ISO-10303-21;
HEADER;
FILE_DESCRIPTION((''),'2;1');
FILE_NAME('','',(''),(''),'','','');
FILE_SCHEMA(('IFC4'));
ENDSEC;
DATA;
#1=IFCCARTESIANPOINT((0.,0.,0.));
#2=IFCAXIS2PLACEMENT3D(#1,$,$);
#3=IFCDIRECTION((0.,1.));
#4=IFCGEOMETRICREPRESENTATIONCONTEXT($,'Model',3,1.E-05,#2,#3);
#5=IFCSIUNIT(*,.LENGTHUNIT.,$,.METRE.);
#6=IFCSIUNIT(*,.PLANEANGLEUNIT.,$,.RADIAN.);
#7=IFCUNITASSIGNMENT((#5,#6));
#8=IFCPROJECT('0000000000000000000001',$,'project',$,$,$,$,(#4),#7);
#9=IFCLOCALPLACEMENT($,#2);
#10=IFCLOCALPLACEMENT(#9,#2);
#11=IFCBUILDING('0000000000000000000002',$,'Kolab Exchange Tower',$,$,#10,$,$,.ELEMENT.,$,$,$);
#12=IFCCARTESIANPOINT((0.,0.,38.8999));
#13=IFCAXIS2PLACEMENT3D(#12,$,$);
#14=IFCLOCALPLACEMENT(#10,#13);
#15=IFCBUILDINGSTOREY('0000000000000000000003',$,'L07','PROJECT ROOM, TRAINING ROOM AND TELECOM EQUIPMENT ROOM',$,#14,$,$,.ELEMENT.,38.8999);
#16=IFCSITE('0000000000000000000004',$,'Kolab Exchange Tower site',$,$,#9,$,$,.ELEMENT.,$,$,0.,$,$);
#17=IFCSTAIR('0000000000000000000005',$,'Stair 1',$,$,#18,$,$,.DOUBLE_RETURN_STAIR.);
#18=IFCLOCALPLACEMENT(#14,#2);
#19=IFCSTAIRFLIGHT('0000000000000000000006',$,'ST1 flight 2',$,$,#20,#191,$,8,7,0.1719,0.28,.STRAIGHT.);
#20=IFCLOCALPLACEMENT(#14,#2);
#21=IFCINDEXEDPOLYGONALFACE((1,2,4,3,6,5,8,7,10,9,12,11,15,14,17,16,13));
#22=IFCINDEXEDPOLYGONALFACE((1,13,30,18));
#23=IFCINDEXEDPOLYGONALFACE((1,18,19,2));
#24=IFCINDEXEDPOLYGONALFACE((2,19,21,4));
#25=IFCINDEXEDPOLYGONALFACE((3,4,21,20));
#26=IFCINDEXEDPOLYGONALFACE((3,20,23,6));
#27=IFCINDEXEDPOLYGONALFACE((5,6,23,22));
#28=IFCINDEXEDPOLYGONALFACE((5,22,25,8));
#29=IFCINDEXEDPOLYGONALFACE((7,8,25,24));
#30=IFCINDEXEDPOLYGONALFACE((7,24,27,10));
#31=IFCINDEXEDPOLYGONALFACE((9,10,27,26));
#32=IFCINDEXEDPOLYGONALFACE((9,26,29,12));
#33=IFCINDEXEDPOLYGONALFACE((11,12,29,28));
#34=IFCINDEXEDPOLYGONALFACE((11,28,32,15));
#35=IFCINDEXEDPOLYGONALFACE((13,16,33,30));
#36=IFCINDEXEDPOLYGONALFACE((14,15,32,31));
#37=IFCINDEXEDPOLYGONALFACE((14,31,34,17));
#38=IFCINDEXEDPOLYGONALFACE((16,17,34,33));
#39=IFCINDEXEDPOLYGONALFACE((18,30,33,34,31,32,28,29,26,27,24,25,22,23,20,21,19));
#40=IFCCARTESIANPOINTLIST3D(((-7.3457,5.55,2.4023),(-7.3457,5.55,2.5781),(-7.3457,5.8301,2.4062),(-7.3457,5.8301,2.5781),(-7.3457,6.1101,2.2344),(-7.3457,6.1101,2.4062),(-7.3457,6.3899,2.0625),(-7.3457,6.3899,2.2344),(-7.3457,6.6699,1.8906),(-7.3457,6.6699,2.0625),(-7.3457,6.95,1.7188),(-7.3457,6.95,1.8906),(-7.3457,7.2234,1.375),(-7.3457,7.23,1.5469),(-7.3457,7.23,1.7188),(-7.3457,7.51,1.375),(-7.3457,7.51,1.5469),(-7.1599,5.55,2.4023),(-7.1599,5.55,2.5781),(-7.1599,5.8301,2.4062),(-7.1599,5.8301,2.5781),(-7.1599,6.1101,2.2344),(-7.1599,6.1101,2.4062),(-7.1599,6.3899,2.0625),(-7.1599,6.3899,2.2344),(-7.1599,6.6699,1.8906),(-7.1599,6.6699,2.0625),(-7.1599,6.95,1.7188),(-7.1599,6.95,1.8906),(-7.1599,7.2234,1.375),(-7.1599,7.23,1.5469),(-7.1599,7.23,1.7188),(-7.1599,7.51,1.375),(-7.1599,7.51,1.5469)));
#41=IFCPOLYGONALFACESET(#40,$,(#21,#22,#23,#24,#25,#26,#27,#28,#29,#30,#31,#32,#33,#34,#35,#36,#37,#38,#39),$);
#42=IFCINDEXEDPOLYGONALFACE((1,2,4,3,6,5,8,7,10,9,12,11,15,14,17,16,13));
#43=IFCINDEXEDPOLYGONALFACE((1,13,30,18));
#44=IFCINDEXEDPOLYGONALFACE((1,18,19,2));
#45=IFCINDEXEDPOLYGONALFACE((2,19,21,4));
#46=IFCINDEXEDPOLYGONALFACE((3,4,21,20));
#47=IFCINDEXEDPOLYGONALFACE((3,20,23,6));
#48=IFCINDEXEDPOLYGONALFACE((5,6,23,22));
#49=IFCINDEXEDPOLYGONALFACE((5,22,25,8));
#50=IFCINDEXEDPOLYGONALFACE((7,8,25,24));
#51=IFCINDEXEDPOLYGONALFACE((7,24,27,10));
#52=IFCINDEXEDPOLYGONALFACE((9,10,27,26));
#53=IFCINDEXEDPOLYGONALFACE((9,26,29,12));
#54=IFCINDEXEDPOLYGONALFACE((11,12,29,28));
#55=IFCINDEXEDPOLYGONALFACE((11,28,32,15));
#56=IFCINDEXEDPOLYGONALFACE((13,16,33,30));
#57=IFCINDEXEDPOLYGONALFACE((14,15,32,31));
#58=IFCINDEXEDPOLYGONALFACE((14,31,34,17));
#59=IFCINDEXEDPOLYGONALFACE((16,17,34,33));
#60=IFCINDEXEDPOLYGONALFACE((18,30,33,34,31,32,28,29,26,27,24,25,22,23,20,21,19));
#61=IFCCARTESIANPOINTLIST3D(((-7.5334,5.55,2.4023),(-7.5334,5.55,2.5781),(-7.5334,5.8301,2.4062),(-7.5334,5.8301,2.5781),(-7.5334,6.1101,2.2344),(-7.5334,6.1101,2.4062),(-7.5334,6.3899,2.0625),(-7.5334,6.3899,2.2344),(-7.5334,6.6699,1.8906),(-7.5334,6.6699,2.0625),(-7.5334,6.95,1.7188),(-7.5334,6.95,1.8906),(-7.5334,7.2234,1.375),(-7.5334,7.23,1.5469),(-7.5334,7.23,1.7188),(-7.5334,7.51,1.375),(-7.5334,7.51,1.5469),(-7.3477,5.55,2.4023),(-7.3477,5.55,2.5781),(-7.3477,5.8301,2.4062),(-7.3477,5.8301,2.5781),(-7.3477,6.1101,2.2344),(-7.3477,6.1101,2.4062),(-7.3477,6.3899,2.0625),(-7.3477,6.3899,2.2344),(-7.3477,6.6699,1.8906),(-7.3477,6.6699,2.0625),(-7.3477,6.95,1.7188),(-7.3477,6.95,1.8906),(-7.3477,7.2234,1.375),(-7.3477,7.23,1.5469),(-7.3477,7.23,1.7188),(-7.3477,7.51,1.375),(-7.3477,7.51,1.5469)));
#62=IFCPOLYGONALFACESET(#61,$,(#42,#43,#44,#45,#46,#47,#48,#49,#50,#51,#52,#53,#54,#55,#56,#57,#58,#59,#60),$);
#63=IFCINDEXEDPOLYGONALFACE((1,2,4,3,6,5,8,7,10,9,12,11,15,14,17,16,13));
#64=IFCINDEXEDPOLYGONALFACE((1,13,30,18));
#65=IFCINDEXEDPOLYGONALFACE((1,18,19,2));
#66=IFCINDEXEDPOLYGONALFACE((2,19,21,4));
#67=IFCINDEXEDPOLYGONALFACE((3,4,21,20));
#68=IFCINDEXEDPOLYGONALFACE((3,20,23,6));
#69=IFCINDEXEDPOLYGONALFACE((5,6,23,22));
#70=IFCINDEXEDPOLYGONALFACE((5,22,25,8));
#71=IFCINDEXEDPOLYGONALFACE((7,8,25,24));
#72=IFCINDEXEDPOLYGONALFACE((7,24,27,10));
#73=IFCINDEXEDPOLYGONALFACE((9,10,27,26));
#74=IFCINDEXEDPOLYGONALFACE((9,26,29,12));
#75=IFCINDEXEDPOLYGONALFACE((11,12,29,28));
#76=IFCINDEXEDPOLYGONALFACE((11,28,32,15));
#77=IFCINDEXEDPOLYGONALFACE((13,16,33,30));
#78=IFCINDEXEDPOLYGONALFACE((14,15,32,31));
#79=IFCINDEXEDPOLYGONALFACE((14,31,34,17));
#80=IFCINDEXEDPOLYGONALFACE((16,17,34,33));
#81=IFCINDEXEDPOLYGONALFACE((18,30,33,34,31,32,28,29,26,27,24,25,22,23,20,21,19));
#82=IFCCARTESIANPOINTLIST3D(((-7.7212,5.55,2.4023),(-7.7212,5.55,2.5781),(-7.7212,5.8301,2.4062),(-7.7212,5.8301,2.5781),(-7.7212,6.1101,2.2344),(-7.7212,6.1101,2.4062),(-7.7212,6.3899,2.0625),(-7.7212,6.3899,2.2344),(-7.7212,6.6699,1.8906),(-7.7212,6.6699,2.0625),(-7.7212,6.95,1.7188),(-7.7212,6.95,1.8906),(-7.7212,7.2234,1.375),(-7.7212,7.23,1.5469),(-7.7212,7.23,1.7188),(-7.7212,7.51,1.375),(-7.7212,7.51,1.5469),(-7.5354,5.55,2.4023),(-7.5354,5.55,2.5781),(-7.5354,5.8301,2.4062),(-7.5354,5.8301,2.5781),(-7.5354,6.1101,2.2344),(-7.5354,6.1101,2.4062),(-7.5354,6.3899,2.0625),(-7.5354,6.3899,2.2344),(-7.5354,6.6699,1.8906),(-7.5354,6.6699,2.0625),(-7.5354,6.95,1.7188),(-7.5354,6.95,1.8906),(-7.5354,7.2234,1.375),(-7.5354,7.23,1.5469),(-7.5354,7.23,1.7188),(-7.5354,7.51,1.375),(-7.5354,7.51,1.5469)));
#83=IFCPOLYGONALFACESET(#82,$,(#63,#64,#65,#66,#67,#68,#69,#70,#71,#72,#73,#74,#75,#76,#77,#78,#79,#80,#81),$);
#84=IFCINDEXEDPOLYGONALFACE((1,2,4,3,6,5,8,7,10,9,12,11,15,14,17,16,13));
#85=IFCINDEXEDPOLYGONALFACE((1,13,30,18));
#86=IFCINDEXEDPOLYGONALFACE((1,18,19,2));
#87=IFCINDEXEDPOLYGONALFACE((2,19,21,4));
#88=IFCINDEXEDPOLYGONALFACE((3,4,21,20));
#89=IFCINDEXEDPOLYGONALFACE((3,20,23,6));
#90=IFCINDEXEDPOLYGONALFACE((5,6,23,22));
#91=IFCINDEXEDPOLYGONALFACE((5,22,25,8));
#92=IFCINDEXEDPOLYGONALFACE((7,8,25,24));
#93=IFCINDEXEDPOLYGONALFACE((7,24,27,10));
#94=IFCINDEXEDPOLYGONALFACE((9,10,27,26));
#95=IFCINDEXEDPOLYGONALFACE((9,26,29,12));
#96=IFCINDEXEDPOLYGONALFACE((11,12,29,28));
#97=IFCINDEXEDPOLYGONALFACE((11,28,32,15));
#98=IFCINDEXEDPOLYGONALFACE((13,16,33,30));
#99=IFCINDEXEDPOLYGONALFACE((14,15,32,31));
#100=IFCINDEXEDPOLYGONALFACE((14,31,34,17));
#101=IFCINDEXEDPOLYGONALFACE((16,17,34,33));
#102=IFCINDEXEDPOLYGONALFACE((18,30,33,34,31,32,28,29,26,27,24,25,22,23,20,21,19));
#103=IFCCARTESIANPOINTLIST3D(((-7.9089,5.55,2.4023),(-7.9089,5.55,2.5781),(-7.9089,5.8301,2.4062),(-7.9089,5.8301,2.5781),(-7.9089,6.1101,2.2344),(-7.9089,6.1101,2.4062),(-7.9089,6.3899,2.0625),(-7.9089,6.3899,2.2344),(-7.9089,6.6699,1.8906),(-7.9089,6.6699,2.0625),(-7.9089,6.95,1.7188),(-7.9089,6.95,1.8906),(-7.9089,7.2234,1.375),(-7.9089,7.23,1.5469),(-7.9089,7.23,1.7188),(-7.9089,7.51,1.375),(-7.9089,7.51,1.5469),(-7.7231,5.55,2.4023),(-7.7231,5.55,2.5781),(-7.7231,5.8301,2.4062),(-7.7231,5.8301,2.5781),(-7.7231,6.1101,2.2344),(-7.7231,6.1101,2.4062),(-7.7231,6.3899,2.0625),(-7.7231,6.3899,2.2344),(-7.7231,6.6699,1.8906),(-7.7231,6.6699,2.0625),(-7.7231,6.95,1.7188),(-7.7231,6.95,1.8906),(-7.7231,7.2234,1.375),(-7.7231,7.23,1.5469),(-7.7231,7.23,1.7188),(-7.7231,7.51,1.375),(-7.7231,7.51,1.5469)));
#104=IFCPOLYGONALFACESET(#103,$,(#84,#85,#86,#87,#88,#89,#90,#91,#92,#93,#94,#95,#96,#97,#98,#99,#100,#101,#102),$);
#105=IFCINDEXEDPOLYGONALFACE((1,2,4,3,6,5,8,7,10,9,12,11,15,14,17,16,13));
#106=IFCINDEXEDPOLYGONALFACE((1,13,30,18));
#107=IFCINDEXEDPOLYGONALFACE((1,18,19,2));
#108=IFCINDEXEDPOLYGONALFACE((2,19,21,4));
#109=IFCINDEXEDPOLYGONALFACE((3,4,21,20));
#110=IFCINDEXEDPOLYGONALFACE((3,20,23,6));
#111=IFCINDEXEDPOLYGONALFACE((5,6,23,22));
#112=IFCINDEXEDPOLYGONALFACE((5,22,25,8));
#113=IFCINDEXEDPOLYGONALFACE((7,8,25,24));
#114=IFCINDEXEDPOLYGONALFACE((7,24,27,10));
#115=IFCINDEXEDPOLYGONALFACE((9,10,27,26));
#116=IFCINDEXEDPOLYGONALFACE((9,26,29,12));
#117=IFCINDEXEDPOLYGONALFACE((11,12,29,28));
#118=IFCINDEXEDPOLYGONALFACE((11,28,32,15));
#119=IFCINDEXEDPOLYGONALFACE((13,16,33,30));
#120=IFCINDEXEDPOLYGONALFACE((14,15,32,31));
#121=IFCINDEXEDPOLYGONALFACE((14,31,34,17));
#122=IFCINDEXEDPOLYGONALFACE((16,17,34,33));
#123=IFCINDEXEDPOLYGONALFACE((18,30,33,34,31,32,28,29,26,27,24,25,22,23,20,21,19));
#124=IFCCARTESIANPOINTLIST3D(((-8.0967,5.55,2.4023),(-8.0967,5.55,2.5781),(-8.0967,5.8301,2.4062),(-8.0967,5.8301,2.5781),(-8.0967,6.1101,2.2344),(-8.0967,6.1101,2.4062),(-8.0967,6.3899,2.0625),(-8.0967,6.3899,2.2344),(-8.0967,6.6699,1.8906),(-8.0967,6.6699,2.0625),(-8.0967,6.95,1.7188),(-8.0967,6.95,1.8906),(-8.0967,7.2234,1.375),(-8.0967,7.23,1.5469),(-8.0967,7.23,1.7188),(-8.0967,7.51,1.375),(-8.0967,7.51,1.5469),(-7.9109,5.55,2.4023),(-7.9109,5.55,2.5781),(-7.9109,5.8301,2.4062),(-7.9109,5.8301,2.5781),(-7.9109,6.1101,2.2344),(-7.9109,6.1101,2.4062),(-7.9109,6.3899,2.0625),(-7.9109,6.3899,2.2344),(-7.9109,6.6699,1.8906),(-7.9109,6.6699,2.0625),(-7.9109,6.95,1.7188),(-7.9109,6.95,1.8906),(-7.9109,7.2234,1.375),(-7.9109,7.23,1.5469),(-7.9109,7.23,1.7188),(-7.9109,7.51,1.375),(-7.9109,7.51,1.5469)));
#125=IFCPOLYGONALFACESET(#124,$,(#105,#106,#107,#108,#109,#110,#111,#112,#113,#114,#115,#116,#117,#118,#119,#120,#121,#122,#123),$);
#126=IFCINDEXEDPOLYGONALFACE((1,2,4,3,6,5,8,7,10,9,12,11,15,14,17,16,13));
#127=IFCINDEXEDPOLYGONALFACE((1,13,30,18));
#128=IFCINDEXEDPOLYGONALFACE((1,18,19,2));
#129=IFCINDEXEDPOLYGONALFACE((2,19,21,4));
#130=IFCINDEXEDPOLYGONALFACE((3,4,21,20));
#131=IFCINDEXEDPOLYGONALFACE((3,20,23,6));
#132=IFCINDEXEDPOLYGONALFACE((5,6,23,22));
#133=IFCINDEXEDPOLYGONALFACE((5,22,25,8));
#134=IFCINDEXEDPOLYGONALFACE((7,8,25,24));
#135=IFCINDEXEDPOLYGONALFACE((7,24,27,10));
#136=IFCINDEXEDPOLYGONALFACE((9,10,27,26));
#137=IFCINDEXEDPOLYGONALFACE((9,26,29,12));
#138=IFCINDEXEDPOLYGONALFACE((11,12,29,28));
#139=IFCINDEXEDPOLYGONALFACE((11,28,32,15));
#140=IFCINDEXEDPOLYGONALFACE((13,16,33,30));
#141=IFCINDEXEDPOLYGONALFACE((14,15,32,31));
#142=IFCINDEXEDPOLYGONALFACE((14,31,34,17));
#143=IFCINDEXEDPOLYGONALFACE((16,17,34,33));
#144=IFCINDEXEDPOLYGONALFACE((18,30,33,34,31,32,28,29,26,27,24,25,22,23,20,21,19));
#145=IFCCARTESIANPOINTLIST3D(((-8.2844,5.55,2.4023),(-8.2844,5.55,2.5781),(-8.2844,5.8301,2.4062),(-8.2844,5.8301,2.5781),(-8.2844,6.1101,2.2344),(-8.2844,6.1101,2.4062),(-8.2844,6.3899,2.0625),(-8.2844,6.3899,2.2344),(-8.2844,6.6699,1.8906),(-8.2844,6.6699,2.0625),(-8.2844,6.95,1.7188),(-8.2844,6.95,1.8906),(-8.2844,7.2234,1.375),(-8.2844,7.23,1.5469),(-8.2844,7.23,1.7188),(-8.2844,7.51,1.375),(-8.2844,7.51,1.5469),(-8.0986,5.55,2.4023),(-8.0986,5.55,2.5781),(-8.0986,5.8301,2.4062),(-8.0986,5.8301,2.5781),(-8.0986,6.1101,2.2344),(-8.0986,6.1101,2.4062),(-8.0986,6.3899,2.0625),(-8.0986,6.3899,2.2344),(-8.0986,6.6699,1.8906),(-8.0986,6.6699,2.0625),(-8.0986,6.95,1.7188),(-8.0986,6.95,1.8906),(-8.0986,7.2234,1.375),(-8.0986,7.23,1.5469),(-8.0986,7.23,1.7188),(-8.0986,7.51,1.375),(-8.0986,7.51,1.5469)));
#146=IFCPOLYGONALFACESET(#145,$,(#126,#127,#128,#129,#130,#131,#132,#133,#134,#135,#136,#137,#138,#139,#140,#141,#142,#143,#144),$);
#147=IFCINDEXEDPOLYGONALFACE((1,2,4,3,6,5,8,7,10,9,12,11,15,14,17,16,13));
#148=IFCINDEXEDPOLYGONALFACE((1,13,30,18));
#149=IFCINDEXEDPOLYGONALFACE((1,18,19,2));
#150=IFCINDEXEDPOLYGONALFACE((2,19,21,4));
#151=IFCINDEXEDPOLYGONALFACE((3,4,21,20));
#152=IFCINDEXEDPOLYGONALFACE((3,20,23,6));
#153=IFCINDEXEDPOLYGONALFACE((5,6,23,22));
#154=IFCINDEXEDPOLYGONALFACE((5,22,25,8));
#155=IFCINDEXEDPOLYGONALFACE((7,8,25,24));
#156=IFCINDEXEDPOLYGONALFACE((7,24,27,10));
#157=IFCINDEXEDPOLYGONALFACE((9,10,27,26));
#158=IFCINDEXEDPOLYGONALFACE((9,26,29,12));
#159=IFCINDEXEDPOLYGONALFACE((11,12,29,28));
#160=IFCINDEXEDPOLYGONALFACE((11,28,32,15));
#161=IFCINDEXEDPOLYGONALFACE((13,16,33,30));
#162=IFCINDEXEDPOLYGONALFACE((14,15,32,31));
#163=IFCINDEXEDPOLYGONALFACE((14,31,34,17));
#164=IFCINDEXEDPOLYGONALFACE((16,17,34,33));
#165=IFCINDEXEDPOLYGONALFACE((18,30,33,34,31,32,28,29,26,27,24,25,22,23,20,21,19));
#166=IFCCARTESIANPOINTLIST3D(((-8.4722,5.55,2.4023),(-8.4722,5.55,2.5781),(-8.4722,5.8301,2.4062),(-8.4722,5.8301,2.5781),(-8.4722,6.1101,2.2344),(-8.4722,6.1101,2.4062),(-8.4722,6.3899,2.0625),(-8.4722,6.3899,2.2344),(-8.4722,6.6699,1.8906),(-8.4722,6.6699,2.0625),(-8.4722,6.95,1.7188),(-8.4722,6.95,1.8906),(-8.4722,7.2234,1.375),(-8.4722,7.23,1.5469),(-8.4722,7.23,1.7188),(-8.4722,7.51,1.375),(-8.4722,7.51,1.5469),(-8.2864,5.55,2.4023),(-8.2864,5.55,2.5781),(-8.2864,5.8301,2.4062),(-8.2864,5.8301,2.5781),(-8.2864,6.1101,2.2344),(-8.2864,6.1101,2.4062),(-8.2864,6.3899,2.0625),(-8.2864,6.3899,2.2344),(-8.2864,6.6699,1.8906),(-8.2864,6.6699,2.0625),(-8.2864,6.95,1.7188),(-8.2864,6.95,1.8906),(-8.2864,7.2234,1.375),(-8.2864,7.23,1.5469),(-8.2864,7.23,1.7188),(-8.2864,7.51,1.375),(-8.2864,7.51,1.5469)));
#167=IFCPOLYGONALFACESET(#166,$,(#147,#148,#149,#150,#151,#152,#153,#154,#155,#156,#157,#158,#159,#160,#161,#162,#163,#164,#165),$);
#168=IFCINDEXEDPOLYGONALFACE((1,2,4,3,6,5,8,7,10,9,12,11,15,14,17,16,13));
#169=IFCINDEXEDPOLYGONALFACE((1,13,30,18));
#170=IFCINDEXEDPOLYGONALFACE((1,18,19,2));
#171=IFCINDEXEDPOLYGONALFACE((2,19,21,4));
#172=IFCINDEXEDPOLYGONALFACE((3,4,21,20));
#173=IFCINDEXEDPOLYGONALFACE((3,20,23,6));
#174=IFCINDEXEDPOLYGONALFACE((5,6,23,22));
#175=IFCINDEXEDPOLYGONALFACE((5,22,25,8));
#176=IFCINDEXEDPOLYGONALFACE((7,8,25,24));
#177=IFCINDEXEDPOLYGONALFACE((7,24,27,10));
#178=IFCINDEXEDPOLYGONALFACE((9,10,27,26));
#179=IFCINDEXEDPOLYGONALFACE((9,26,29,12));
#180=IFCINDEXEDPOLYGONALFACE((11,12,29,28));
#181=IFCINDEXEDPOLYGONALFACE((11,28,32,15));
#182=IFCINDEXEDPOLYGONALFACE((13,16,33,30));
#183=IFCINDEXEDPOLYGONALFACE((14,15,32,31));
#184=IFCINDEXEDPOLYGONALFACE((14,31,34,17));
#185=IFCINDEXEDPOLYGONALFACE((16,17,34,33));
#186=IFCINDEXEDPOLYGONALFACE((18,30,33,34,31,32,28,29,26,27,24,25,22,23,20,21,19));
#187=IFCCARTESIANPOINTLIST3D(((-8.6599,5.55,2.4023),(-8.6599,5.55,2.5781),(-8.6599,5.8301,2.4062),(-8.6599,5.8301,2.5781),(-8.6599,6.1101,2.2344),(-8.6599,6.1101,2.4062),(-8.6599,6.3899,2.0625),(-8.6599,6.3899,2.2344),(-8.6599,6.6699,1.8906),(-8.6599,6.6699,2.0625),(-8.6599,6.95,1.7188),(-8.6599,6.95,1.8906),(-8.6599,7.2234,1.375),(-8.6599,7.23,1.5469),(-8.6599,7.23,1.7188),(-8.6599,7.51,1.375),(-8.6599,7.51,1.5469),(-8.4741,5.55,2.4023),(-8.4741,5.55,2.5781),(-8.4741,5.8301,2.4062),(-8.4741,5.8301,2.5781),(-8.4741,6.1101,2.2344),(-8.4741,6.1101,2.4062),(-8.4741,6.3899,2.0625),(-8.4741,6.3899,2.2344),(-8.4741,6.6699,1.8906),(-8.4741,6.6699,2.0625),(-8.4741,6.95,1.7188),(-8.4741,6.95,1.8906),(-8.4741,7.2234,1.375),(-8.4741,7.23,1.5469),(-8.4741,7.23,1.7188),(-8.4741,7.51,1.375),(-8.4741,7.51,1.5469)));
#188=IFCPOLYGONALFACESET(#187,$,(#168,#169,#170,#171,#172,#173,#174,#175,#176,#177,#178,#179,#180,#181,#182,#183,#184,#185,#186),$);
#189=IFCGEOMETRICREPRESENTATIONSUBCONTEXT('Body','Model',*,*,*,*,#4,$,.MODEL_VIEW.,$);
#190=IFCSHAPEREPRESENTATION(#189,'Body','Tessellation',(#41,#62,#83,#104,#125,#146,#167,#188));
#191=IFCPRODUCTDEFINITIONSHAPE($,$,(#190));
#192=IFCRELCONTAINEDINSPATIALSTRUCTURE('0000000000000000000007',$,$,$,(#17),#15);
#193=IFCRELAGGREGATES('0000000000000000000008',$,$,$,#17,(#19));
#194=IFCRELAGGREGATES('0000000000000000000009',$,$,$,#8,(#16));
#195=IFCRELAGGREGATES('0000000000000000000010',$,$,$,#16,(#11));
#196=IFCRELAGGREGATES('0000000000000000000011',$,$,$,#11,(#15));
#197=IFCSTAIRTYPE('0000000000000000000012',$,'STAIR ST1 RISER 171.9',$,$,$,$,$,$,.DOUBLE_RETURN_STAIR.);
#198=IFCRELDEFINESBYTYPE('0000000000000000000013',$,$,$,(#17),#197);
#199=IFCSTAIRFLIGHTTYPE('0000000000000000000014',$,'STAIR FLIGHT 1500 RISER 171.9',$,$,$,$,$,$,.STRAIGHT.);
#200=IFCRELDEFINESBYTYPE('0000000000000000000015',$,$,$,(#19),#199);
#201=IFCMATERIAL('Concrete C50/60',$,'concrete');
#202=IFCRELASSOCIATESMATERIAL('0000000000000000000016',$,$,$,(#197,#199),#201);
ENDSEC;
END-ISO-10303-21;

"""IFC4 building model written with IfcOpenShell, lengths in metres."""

from ifc_helpers import new_model, si_unit, direction, frame, origin, place, context, subcontext, project, spatial, polyline, outline, extrude, material, type_object, element, aggregate, save


model = new_model("IFC4")

# Units and contexts
model_context = context("Model", 3, precision=1e-05, world=origin(), true_north=direction((0.0, 1.0)))
body_context = subcontext(model_context, "Body", "Model", "MODEL_VIEW")
ifc_project = project(units=[si_unit("LENGTHUNIT", "METRE"), si_unit("PLANEANGLEUNIT", "RADIAN")], contexts=[model_context])

# Site, building, storey
site_placement = place(None, origin())
site = spatial("IfcSite", under=ifc_project, at=site_placement, Name="Kolab Exchange Tower site", CompositionType="ELEMENT", RefElevation=0.0)
building_placement = place(site_placement, origin())
building = spatial("IfcBuilding", under=site, at=building_placement, Name="Kolab Exchange Tower", CompositionType="ELEMENT")
storey_placement = place(building_placement, frame((0.0, 0.0, 38.8999)))
storey = spatial("IfcBuildingStorey", under=building, at=storey_placement, Name="L07", Description="PROJECT ROOM, TRAINING ROOM AND TELECOM EQUIPMENT ROOM", CompositionType="ELEMENT", Elevation=38.8999)

# Shared definitions
ifc_material_1 = material(Name="Concrete C50/60", Category="concrete")

# Stair, stair flight
stair_type = type_object("IfcStairType", Name="STAIR ST1 RISER 171.9", PredefinedType="DOUBLE_RETURN_STAIR", material=ifc_material_1)
stair_placement = place(storey_placement, origin())
stair = element("IfcStair", 1, at=stair_placement, inside=storey, type_object=stair_type, Name="Stair 1", PredefinedType="DOUBLE_RETURN_STAIR")
stair_flight_type = type_object("IfcStairFlightType", Name="STAIR FLIGHT 1500 RISER 171.9", PredefinedType="STRAIGHT", material=ifc_material_1)
stair_flight_1_placement = place(storey_placement, frame((-7.9099, 7.51, 1.375), z_axis=(0.0, 0.0, 1.0), x_axis=(0.0, -1.0, 0.0)))
stair_flight_1 = element("IfcStairFlight", 2, at=stair_flight_1_placement, type_object=stair_flight_type, Name="ST1 flight 2", NumberOfRisers=8, NumberOfTreads=7, PredefinedType="STRAIGHT", RiserHeight=0.1719, TreadLength=0.28, context=body_context, shape_type="SweptSolid", body=[
    extrude(outline(polyline([(0.0, 0.0), (0.0, 0.1719), (0.28, 0.1719), (0.28, 0.3438), (0.5601, 0.3438), (0.5601, 0.5156), (0.8401, 0.5156), (0.8401, 0.6875), (1.1201, 0.6875), (1.1201, 0.8594), (1.3999, 0.8594), (1.3999, 1.0312), (1.6799, 1.0312), (1.6799, 1.2031), (1.96, 1.2031), (1.96, 1.375), (1.96, 1.0273), (0.2866, 0.0), (0.0, 0.0)])), frame((0.0, 0.75, 0.0), z_axis=(0.0, -1.0, 0.0), x_axis=(1.0, 0.0, 0.0)), (0.0, 0.0, 1.0), 0.1858),
    extrude(outline(polyline([(0.0, 0.0), (0.0, 0.1719), (0.28, 0.1719), (0.28, 0.3438), (0.5601, 0.3438), (0.5601, 0.5156), (0.8401, 0.5156), (0.8401, 0.6875), (1.1201, 0.6875), (1.1201, 0.8594), (1.3999, 0.8594), (1.3999, 1.0312), (1.6799, 1.0312), (1.6799, 1.2031), (1.96, 1.2031), (1.96, 1.375), (1.96, 1.0273), (0.2866, 0.0), (0.0, 0.0)])), frame((0.0, 0.5623, 0.0), z_axis=(0.0, -1.0, 0.0), x_axis=(1.0, 0.0, 0.0)), (0.0, 0.0, 1.0), 0.1858),
    extrude(outline(polyline([(0.0, 0.0), (0.0, 0.1719), (0.28, 0.1719), (0.28, 0.3438), (0.5601, 0.3438), (0.5601, 0.5156), (0.8401, 0.5156), (0.8401, 0.6875), (1.1201, 0.6875), (1.1201, 0.8594), (1.3999, 0.8594), (1.3999, 1.0312), (1.6799, 1.0312), (1.6799, 1.2031), (1.96, 1.2031), (1.96, 1.375), (1.96, 1.0273), (0.2866, 0.0), (0.0, 0.0)])), frame((0.0, 0.3745, 0.0), z_axis=(0.0, -1.0, 0.0), x_axis=(1.0, 0.0, 0.0)), (0.0, 0.0, 1.0), 0.1858),
    extrude(outline(polyline([(0.0, 0.0), (0.0, 0.1719), (0.28, 0.1719), (0.28, 0.3438), (0.5601, 0.3438), (0.5601, 0.5156), (0.8401, 0.5156), (0.8401, 0.6875), (1.1201, 0.6875), (1.1201, 0.8594), (1.3999, 0.8594), (1.3999, 1.0312), (1.6799, 1.0312), (1.6799, 1.2031), (1.96, 1.2031), (1.96, 1.375), (1.96, 1.0273), (0.2866, 0.0), (0.0, 0.0)])), frame((0.0, 0.1868, 0.0), z_axis=(0.0, -1.0, 0.0), x_axis=(1.0, 0.0, 0.0)), (0.0, 0.0, 1.0), 0.1858),
    extrude(outline(polyline([(0.0, 0.0), (0.0, 0.1719), (0.28, 0.1719), (0.28, 0.3438), (0.5601, 0.3438), (0.5601, 0.5156), (0.8401, 0.5156), (0.8401, 0.6875), (1.1201, 0.6875), (1.1201, 0.8594), (1.3999, 0.8594), (1.3999, 1.0312), (1.6799, 1.0312), (1.6799, 1.2031), (1.96, 1.2031), (1.96, 1.375), (1.96, 1.0273), (0.2866, 0.0), (0.0, 0.0)])), frame((0.0, -0.001, 0.0), z_axis=(0.0, -1.0, 0.0), x_axis=(1.0, 0.0, 0.0)), (0.0, 0.0, 1.0), 0.1858),
    extrude(outline(polyline([(0.0, 0.0), (0.0, 0.1719), (0.28, 0.1719), (0.28, 0.3438), (0.5601, 0.3438), (0.5601, 0.5156), (0.8401, 0.5156), (0.8401, 0.6875), (1.1201, 0.6875), (1.1201, 0.8594), (1.3999, 0.8594), (1.3999, 1.0312), (1.6799, 1.0312), (1.6799, 1.2031), (1.96, 1.2031), (1.96, 1.375), (1.96, 1.0273), (0.2866, 0.0), (0.0, 0.0)])), frame((0.0, -0.1887, 0.0), z_axis=(0.0, -1.0, 0.0), x_axis=(1.0, 0.0, 0.0)), (0.0, 0.0, 1.0), 0.1858),
    extrude(outline(polyline([(0.0, 0.0), (0.0, 0.1719), (0.28, 0.1719), (0.28, 0.3438), (0.5601, 0.3438), (0.5601, 0.5156), (0.8401, 0.5156), (0.8401, 0.6875), (1.1201, 0.6875), (1.1201, 0.8594), (1.3999, 0.8594), (1.3999, 1.0312), (1.6799, 1.0312), (1.6799, 1.2031), (1.96, 1.2031), (1.96, 1.375), (1.96, 1.0273), (0.2866, 0.0), (0.0, 0.0)])), frame((0.0, -0.3765, 0.0), z_axis=(0.0, -1.0, 0.0), x_axis=(1.0, 0.0, 0.0)), (0.0, 0.0, 1.0), 0.1858),
    extrude(outline(polyline([(0.0, 0.0), (0.0, 0.1719), (0.28, 0.1719), (0.28, 0.3438), (0.5601, 0.3438), (0.5601, 0.5156), (0.8401, 0.5156), (0.8401, 0.6875), (1.1201, 0.6875), (1.1201, 0.8594), (1.3999, 0.8594), (1.3999, 1.0312), (1.6799, 1.0312), (1.6799, 1.2031), (1.96, 1.2031), (1.96, 1.375), (1.96, 1.0273), (0.2866, 0.0), (0.0, 0.0)])), frame((0.0, -0.5642, 0.0), z_axis=(0.0, -1.0, 0.0), x_axis=(1.0, 0.0, 0.0)), (0.0, 0.0, 1.0), 0.1858),
])
aggregate(stair, [stair_flight_1])

save(model, "model.ifc")
